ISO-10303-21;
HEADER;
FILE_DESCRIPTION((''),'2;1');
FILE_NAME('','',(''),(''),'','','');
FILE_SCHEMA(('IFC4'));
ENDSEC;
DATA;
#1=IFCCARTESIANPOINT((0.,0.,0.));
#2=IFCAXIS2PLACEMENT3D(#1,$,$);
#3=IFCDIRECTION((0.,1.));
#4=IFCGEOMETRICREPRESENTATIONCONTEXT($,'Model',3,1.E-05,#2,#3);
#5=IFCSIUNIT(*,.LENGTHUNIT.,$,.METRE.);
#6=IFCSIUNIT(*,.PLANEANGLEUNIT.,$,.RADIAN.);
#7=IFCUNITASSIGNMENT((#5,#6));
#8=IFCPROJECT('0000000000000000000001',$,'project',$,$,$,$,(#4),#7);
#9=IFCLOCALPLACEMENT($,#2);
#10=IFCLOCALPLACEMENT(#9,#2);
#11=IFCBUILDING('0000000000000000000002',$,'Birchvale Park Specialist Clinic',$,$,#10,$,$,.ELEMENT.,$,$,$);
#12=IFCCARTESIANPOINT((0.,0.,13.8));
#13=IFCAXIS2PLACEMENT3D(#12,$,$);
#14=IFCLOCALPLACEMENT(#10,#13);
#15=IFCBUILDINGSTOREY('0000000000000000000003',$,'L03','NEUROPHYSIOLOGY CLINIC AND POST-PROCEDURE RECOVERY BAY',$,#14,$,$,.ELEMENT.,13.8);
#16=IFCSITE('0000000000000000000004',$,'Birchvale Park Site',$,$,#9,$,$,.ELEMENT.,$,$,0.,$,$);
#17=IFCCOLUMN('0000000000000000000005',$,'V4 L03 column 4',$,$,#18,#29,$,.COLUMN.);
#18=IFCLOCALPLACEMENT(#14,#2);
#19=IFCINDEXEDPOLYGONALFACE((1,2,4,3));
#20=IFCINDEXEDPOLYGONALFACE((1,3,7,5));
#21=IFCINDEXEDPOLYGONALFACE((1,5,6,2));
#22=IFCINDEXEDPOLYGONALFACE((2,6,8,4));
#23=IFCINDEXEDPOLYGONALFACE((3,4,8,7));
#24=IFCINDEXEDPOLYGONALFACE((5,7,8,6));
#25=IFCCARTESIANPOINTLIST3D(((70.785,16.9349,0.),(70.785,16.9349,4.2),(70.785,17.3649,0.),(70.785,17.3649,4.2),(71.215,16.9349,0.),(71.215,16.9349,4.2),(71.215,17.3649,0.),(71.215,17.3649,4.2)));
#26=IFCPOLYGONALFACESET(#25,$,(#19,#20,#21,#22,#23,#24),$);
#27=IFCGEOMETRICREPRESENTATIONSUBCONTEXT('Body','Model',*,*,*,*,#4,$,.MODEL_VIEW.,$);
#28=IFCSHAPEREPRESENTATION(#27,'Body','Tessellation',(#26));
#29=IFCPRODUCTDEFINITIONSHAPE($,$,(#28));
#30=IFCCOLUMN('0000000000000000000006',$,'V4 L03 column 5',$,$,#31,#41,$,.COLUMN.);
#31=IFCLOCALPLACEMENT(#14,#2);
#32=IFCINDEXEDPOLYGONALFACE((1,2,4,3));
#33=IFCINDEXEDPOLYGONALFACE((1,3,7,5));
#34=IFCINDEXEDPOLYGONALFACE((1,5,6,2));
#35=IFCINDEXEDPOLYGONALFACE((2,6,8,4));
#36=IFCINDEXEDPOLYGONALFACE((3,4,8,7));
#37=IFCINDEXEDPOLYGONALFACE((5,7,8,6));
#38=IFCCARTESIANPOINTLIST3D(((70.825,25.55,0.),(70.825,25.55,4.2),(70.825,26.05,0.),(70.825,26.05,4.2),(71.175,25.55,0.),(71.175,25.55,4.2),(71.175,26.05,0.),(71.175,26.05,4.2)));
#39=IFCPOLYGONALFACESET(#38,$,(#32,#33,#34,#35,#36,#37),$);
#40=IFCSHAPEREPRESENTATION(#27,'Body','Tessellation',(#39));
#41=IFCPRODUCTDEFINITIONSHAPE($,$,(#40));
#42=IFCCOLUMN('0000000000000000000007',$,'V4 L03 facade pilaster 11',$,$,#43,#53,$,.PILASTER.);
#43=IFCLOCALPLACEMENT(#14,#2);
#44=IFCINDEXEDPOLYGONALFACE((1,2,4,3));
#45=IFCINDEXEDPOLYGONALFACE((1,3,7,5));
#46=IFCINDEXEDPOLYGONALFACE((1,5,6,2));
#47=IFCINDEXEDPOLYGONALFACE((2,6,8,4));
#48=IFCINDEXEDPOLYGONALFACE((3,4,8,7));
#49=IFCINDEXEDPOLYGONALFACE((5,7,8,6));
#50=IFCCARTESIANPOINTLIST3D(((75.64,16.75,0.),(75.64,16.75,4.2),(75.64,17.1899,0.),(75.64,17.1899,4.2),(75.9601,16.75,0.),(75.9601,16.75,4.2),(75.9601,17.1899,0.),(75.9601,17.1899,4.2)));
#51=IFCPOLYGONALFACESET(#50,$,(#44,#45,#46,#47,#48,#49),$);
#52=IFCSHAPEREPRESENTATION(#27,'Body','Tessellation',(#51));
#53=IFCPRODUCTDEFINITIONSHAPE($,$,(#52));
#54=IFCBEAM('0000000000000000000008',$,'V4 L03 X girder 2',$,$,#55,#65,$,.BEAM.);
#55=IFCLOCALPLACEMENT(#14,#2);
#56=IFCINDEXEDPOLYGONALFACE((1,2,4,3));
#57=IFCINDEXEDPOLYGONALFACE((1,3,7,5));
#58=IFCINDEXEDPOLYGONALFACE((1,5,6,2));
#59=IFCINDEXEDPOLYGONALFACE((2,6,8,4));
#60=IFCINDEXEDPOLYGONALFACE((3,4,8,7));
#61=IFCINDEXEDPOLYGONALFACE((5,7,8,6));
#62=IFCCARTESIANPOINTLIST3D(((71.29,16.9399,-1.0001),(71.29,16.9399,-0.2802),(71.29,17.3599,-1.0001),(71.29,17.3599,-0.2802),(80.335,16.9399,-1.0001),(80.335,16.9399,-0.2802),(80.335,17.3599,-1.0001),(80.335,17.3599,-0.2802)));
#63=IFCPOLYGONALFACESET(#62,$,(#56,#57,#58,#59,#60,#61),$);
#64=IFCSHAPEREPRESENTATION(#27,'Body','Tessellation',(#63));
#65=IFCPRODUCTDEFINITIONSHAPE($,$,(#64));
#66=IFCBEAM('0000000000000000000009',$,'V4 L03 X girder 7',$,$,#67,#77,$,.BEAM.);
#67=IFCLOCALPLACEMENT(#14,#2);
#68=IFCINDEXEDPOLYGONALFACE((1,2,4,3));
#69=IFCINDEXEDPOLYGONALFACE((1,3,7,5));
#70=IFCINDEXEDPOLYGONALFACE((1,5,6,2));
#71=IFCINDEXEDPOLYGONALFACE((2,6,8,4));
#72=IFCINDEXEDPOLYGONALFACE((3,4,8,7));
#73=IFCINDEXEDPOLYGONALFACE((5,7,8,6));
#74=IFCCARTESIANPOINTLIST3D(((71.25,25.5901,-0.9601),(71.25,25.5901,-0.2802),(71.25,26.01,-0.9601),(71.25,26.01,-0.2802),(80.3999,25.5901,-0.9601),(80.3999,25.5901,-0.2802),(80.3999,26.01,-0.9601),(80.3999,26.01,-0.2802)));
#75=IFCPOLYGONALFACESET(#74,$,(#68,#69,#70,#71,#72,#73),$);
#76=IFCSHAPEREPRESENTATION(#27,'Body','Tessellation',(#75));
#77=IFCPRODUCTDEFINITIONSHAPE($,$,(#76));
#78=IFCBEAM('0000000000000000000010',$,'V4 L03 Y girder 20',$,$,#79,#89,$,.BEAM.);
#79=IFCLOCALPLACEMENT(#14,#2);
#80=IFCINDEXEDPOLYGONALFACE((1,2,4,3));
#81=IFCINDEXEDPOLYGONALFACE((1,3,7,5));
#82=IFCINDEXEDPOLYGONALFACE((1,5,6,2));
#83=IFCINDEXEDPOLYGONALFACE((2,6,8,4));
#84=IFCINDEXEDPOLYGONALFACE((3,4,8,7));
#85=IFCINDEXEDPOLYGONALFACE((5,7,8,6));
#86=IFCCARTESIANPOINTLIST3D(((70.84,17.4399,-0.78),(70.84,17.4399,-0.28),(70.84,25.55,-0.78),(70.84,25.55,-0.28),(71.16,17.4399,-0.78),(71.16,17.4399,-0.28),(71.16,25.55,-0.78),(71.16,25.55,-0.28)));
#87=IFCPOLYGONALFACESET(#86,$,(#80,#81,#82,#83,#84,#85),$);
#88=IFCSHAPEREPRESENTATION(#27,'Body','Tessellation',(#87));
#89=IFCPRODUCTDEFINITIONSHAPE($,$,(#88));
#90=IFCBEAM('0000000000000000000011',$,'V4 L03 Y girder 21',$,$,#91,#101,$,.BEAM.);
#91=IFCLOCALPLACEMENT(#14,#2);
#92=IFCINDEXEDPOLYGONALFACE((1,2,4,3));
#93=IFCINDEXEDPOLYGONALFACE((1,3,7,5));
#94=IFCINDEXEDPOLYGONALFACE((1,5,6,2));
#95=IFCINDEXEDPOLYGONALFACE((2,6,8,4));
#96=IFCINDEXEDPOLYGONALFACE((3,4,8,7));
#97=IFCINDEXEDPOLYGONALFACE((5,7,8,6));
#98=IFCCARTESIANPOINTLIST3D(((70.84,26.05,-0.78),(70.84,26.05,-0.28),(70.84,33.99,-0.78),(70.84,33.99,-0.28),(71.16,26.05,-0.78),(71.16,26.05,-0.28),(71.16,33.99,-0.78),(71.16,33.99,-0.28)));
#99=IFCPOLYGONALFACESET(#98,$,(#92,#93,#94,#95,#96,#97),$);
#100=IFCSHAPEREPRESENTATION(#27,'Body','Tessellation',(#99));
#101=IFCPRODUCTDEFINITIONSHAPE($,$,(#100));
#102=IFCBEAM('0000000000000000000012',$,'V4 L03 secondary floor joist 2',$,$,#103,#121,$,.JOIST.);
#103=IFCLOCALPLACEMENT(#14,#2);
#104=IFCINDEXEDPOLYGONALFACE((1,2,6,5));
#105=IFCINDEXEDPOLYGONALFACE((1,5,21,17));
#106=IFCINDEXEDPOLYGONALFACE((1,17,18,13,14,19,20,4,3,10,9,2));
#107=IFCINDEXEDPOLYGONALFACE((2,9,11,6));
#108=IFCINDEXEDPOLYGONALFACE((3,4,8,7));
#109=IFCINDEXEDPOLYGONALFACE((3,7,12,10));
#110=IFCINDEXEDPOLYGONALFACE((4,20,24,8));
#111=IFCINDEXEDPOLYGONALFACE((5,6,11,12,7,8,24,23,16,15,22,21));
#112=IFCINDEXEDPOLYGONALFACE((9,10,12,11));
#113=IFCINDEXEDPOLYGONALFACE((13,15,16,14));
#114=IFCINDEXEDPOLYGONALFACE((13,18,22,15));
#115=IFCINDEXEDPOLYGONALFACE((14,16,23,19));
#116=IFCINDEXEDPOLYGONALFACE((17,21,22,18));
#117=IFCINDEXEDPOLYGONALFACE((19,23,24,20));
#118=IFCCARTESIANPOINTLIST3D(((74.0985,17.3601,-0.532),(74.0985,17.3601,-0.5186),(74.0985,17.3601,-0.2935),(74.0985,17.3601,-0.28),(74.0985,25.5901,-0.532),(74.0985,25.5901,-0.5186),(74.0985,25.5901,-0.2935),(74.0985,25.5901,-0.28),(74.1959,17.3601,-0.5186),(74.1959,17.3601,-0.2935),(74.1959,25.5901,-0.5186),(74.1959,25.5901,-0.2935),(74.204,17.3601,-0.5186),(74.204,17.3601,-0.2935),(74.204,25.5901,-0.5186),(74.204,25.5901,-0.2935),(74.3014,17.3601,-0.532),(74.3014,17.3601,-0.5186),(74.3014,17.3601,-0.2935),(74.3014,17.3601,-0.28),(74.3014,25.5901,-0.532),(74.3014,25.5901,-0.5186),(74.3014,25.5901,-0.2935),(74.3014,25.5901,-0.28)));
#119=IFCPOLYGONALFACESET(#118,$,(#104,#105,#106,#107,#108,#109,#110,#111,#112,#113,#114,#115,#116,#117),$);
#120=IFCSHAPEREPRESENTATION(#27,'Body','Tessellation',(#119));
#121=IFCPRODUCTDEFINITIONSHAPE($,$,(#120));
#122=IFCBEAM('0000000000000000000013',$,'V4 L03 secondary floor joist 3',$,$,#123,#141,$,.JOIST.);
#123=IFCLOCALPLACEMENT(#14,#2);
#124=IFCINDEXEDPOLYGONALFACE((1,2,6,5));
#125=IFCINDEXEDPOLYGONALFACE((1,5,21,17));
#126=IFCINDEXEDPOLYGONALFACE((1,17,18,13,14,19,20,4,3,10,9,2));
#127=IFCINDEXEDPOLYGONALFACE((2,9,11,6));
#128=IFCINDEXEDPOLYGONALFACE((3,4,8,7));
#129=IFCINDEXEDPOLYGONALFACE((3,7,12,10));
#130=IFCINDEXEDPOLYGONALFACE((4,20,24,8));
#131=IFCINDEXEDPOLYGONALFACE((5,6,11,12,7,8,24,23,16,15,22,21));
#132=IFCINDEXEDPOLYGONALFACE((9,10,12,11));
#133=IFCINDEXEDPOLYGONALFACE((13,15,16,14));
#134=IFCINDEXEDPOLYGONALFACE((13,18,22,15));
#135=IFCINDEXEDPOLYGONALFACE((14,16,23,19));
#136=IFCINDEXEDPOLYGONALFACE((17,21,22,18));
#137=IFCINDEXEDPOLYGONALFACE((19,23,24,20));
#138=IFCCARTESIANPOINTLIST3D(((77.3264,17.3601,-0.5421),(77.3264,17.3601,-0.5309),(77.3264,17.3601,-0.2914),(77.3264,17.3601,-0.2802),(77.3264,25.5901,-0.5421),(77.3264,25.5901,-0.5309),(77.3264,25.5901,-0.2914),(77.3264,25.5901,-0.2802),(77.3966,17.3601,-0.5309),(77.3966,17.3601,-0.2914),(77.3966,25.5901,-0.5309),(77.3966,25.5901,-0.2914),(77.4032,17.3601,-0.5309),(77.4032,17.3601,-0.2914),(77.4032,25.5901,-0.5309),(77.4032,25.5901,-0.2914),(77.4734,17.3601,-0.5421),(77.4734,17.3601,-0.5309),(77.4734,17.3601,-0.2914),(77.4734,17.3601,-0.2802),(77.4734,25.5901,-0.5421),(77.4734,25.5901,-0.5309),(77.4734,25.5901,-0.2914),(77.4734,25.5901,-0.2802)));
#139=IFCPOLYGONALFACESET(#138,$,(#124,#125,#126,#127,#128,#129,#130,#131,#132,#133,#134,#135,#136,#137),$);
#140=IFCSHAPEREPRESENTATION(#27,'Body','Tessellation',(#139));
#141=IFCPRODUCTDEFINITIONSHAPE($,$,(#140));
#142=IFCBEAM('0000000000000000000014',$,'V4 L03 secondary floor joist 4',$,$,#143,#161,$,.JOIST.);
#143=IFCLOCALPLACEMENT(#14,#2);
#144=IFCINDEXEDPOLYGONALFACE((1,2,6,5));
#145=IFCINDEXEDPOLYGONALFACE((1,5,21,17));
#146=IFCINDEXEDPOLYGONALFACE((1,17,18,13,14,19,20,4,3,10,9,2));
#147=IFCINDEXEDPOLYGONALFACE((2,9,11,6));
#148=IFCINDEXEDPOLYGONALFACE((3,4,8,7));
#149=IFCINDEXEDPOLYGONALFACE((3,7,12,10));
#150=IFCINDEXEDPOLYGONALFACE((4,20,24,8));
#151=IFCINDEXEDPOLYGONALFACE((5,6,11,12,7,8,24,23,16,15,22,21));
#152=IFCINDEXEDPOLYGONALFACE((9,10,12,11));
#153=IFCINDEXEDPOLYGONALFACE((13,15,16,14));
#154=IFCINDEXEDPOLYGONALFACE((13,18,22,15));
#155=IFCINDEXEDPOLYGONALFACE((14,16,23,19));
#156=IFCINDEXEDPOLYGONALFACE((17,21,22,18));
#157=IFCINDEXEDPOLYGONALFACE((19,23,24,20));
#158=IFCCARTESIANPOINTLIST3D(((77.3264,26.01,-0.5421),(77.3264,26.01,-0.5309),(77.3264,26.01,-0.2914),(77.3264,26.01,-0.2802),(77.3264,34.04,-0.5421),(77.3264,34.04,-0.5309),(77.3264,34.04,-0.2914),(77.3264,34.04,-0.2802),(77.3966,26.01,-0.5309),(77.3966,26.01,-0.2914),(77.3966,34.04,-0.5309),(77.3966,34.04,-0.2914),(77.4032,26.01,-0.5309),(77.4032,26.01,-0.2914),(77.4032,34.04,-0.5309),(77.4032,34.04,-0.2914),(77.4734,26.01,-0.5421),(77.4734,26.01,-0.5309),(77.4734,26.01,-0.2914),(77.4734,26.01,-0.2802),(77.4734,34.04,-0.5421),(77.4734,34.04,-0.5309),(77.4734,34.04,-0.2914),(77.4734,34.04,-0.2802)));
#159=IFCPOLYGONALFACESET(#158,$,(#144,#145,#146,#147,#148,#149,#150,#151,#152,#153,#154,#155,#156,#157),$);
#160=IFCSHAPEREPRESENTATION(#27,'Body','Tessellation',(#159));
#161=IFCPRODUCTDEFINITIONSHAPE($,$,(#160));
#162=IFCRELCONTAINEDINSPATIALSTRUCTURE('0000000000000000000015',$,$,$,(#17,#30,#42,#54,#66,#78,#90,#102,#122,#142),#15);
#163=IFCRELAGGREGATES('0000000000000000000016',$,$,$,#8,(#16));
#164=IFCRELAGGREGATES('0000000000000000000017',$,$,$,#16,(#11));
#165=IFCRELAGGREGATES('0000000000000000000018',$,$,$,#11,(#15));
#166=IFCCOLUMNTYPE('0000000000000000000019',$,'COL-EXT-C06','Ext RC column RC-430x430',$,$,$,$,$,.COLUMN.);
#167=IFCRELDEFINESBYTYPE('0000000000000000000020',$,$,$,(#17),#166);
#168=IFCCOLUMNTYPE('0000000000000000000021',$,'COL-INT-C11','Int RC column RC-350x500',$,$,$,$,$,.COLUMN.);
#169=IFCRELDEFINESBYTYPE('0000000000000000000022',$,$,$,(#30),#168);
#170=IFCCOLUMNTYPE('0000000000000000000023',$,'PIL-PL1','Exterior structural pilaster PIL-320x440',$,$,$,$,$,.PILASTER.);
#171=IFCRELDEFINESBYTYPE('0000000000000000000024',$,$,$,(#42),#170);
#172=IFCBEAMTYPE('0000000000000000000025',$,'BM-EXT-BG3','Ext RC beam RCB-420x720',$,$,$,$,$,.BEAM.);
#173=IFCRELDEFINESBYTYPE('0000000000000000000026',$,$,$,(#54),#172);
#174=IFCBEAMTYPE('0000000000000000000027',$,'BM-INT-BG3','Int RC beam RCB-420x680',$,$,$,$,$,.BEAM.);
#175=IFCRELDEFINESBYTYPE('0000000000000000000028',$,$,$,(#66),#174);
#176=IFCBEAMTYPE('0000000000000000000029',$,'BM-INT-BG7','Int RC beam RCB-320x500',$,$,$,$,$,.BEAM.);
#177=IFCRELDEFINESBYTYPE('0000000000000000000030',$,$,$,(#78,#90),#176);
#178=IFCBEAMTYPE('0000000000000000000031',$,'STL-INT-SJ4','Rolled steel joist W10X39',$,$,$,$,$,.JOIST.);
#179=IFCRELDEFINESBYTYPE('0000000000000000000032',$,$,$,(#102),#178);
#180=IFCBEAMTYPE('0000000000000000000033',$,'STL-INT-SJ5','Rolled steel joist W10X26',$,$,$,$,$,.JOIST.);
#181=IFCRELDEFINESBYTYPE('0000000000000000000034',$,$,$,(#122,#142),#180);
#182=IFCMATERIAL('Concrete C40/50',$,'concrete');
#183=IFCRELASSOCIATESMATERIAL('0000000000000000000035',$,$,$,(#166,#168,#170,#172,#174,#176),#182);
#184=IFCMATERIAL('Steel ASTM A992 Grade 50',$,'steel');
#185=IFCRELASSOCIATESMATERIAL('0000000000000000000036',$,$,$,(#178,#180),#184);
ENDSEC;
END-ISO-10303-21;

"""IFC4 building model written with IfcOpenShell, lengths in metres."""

from ifc_helpers import new_model, si_unit, direction, frame, origin, origin_2d, place, context, subcontext, project, spatial, rectangle, i_section, extrude, material, material_profile, profile_set, type_object, element, save


model = new_model("IFC4")

# Units and contexts
model_context = context("Model", 3, precision=1e-05, world=origin(), true_north=direction((0.0, 1.0)))
body_context = subcontext(model_context, "Body", "Model", "MODEL_VIEW")
ifc_project = project(units=[si_unit("LENGTHUNIT", "METRE"), si_unit("PLANEANGLEUNIT", "RADIAN")], contexts=[model_context])

# Site, building, storey
site_placement = place(None, origin())
site = spatial("IfcSite", under=ifc_project, at=site_placement, Name="Birchvale Park Site", CompositionType="ELEMENT", RefElevation=0.0)
building_placement = place(site_placement, origin())
building = spatial("IfcBuilding", under=site, at=building_placement, Name="Birchvale Park Specialist Clinic", CompositionType="ELEMENT")
storey_placement = place(building_placement, frame((0.0, 0.0, 13.8)))
storey = spatial("IfcBuildingStorey", under=building, at=storey_placement, Name="L03", Description="NEUROPHYSIOLOGY CLINIC AND POST-PROCEDURE RECOVERY BAY", CompositionType="ELEMENT", Elevation=13.8)

# Columns
ifc_material_1 = material(Name="Concrete C40/50", Category="concrete")
ifc_material_profile_1 = material_profile(ifc_material_1, rectangle(XDim=0.4299, YDim=0.4299, at=origin_2d()), Name="RC-430x430")
ifc_profile_set_1 = profile_set([ifc_material_profile_1], Name="Concrete C40/50")
column_type_1 = type_object("IfcColumnType", Name="COL-EXT-C06", Description="Ext RC column RC-430x430", PredefinedType="COLUMN", material=ifc_profile_set_1)
column_1_placement = place(storey_placement, frame((71.0, 17.1499, 0.0), z_axis=(0.0, 0.0, 1.0), x_axis=(1.0, 0.0, 0.0)))
element("IfcColumn", 1, at=column_1_placement, inside=storey, type_object=column_type_1, Name="V4 L03 column 4", PredefinedType="COLUMN", context=body_context, shape_type="SweptSolid", body=[
    extrude(rectangle(XDim=0.4299, YDim=0.4299, at=origin_2d()), origin(), (0.0, 0.0, 1.0), 4.2),
])
ifc_material_profile_2 = material_profile(ifc_material_1, rectangle(XDim=0.3501, YDim=0.5, at=origin_2d()), Name="RC-350x500")
ifc_profile_set_2 = profile_set([ifc_material_profile_2], Name="Concrete C40/50")
column_type_2 = type_object("IfcColumnType", Name="COL-INT-C11", Description="Int RC column RC-350x500", PredefinedType="COLUMN", material=ifc_profile_set_2)
column_2_placement = place(storey_placement, frame((71.0, 25.8, 0.0), z_axis=(0.0, 0.0, 1.0), x_axis=(1.0, 0.0, 0.0)))
element("IfcColumn", 2, at=column_2_placement, inside=storey, type_object=column_type_2, Name="V4 L03 column 5", PredefinedType="COLUMN", context=body_context, shape_type="SweptSolid", body=[
    extrude(rectangle(XDim=0.3501, YDim=0.5, at=origin_2d()), origin(), (0.0, 0.0, 1.0), 4.2),
])
ifc_material_profile_3 = material_profile(ifc_material_1, rectangle(XDim=0.3201, YDim=0.4399, at=origin_2d()), Name="PIL-320x440")
ifc_profile_set_3 = profile_set([ifc_material_profile_3], Name="Concrete C40/50")
column_type_3 = type_object("IfcColumnType", Name="PIL-PL1", Description="Exterior structural pilaster PIL-320x440", PredefinedType="PILASTER", material=ifc_profile_set_3)
column_3_placement = place(storey_placement, frame((75.8, 16.97, 0.0), z_axis=(0.0, 0.0, 1.0), x_axis=(1.0, 0.0, 0.0)))
element("IfcColumn", 3, at=column_3_placement, inside=storey, type_object=column_type_3, Name="V4 L03 facade pilaster 11", PredefinedType="PILASTER", context=body_context, shape_type="SweptSolid", body=[
    extrude(rectangle(XDim=0.3201, YDim=0.4399, at=origin_2d()), origin(), (0.0, 0.0, 1.0), 4.2),
])

# Beams
ifc_material_profile_4 = material_profile(ifc_material_1, rectangle(XDim=0.4199, YDim=0.72, at=origin_2d()), Name="RCB-420x720")
ifc_profile_set_4 = profile_set([ifc_material_profile_4], Name="Concrete C40/50")
beam_type_1 = type_object("IfcBeamType", Name="BM-EXT-BG3", Description="Ext RC beam RCB-420x720", PredefinedType="BEAM", material=ifc_profile_set_4)
beam_1_placement = place(storey_placement, frame((71.29, 17.1499, -0.6401), z_axis=(1.0, 0.0, 0.0), x_axis=(0.0, 1.0, 0.0)))
element("IfcBeam", 4, at=beam_1_placement, inside=storey, type_object=beam_type_1, Name="V4 L03 X girder 2", PredefinedType="BEAM", context=body_context, shape_type="SweptSolid", body=[
    extrude(rectangle(XDim=0.4199, YDim=0.72, at=origin_2d()), origin(), (0.0, 0.0, 1.0), 9.0449),
])
ifc_material_profile_5 = material_profile(ifc_material_1, rectangle(XDim=0.4199, YDim=0.6799, at=origin_2d()), Name="RCB-420x680")
ifc_profile_set_5 = profile_set([ifc_material_profile_5], Name="Concrete C40/50")
beam_type_2 = type_object("IfcBeamType", Name="BM-INT-BG3", Description="Int RC beam RCB-420x680", PredefinedType="BEAM", material=ifc_profile_set_5)
beam_2_placement = place(storey_placement, frame((71.25, 25.8, -0.6201), z_axis=(1.0, 0.0, 0.0), x_axis=(0.0, 1.0, 0.0)))
element("IfcBeam", 5, at=beam_2_placement, inside=storey, type_object=beam_type_2, Name="V4 L03 X girder 7", PredefinedType="BEAM", context=body_context, shape_type="SweptSolid", body=[
    extrude(rectangle(XDim=0.4199, YDim=0.6799, at=origin_2d()), origin(), (0.0, 0.0, 1.0), 9.1499),
])
ifc_material_profile_6 = material_profile(ifc_material_1, rectangle(XDim=0.3201, YDim=0.5, at=origin_2d()), Name="RCB-320x500")
ifc_profile_set_6 = profile_set([ifc_material_profile_6], Name="Concrete C40/50")
beam_type_3 = type_object("IfcBeamType", Name="BM-INT-BG7", Description="Int RC beam RCB-320x500", PredefinedType="BEAM", material=ifc_profile_set_6)
beam_3_placement = place(storey_placement, frame((71.0, 17.4399, -0.53), z_axis=(0.0, 1.0, 0.0), x_axis=(-1.0, 0.0, 0.0)))
element("IfcBeam", 6, at=beam_3_placement, inside=storey, type_object=beam_type_3, Name="V4 L03 Y girder 20", PredefinedType="BEAM", context=body_context, shape_type="SweptSolid", body=[
    extrude(rectangle(XDim=0.3201, YDim=0.5, at=origin_2d()), origin(), (0.0, 0.0, 1.0), 8.1101),
])
beam_4_placement = place(storey_placement, frame((71.0, 26.05, -0.53), z_axis=(0.0, 1.0, 0.0), x_axis=(-1.0, 0.0, 0.0)))
element("IfcBeam", 7, at=beam_4_placement, inside=storey, type_object=beam_type_3, Name="V4 L03 Y girder 21", PredefinedType="BEAM", context=body_context, shape_type="SweptSolid", body=[
    extrude(rectangle(XDim=0.3201, YDim=0.5, at=origin_2d()), origin(), (0.0, 0.0, 1.0), 7.9399),
])
ifc_material_2 = material(Name="Steel ASTM A992 Grade 50", Category="steel")
ifc_material_profile_7 = material_profile(ifc_material_2, i_section(OverallWidth=0.2029, OverallDepth=0.252, WebThickness=0.0081, FlangeThickness=0.0134, at=origin_2d()), Name="W10X39")
ifc_profile_set_7 = profile_set([ifc_material_profile_7], Name="Steel ASTM A992 Grade 50")
beam_type_4 = type_object("IfcBeamType", Name="STL-INT-SJ4", Description="Rolled steel joist W10X39", PredefinedType="JOIST", material=ifc_profile_set_7)
beam_5_placement = place(storey_placement, frame((74.2, 17.3601, -0.406), z_axis=(0.0, 1.0, 0.0), x_axis=(-1.0, 0.0, 0.0)))
element("IfcBeam", 8, at=beam_5_placement, inside=storey, type_object=beam_type_4, Name="V4 L03 secondary floor joist 2", PredefinedType="JOIST", context=body_context, shape_type="SweptSolid", body=[
    extrude(i_section(OverallWidth=0.2029, OverallDepth=0.252, WebThickness=0.0081, FlangeThickness=0.0134, at=origin_2d()), origin(), (0.0, 0.0, 1.0), 8.23),
])
ifc_material_profile_8 = material_profile(ifc_material_2, i_section(OverallWidth=0.147, OverallDepth=0.262, WebThickness=0.0066, FlangeThickness=0.0112, at=origin_2d()), Name="W10X26")
ifc_profile_set_8 = profile_set([ifc_material_profile_8], Name="Steel ASTM A992 Grade 50")
beam_type_5 = type_object("IfcBeamType", Name="STL-INT-SJ5", Description="Rolled steel joist W10X26", PredefinedType="JOIST", material=ifc_profile_set_8)
beam_6_placement = place(storey_placement, frame((77.3999, 17.3601, -0.4111), z_axis=(0.0, 1.0, 0.0), x_axis=(-1.0, 0.0, 0.0)))
element("IfcBeam", 9, at=beam_6_placement, inside=storey, type_object=beam_type_5, Name="V4 L03 secondary floor joist 3", PredefinedType="JOIST", context=body_context, shape_type="SweptSolid", body=[
    extrude(i_section(OverallWidth=0.147, OverallDepth=0.262, WebThickness=0.0066, FlangeThickness=0.0112, at=origin_2d()), origin(), (0.0, 0.0, 1.0), 8.23),
])
beam_7_placement = place(storey_placement, frame((77.3999, 26.01, -0.4111), z_axis=(0.0, 1.0, 0.0), x_axis=(-1.0, 0.0, 0.0)))
element("IfcBeam", 10, at=beam_7_placement, inside=storey, type_object=beam_type_5, Name="V4 L03 secondary floor joist 4", PredefinedType="JOIST", context=body_context, shape_type="SweptSolid", body=[
    extrude(i_section(OverallWidth=0.147, OverallDepth=0.262, WebThickness=0.0066, FlangeThickness=0.0112, at=origin_2d()), origin(), (0.0, 0.0, 1.0), 8.03),
])

save(model, "model.ifc")
